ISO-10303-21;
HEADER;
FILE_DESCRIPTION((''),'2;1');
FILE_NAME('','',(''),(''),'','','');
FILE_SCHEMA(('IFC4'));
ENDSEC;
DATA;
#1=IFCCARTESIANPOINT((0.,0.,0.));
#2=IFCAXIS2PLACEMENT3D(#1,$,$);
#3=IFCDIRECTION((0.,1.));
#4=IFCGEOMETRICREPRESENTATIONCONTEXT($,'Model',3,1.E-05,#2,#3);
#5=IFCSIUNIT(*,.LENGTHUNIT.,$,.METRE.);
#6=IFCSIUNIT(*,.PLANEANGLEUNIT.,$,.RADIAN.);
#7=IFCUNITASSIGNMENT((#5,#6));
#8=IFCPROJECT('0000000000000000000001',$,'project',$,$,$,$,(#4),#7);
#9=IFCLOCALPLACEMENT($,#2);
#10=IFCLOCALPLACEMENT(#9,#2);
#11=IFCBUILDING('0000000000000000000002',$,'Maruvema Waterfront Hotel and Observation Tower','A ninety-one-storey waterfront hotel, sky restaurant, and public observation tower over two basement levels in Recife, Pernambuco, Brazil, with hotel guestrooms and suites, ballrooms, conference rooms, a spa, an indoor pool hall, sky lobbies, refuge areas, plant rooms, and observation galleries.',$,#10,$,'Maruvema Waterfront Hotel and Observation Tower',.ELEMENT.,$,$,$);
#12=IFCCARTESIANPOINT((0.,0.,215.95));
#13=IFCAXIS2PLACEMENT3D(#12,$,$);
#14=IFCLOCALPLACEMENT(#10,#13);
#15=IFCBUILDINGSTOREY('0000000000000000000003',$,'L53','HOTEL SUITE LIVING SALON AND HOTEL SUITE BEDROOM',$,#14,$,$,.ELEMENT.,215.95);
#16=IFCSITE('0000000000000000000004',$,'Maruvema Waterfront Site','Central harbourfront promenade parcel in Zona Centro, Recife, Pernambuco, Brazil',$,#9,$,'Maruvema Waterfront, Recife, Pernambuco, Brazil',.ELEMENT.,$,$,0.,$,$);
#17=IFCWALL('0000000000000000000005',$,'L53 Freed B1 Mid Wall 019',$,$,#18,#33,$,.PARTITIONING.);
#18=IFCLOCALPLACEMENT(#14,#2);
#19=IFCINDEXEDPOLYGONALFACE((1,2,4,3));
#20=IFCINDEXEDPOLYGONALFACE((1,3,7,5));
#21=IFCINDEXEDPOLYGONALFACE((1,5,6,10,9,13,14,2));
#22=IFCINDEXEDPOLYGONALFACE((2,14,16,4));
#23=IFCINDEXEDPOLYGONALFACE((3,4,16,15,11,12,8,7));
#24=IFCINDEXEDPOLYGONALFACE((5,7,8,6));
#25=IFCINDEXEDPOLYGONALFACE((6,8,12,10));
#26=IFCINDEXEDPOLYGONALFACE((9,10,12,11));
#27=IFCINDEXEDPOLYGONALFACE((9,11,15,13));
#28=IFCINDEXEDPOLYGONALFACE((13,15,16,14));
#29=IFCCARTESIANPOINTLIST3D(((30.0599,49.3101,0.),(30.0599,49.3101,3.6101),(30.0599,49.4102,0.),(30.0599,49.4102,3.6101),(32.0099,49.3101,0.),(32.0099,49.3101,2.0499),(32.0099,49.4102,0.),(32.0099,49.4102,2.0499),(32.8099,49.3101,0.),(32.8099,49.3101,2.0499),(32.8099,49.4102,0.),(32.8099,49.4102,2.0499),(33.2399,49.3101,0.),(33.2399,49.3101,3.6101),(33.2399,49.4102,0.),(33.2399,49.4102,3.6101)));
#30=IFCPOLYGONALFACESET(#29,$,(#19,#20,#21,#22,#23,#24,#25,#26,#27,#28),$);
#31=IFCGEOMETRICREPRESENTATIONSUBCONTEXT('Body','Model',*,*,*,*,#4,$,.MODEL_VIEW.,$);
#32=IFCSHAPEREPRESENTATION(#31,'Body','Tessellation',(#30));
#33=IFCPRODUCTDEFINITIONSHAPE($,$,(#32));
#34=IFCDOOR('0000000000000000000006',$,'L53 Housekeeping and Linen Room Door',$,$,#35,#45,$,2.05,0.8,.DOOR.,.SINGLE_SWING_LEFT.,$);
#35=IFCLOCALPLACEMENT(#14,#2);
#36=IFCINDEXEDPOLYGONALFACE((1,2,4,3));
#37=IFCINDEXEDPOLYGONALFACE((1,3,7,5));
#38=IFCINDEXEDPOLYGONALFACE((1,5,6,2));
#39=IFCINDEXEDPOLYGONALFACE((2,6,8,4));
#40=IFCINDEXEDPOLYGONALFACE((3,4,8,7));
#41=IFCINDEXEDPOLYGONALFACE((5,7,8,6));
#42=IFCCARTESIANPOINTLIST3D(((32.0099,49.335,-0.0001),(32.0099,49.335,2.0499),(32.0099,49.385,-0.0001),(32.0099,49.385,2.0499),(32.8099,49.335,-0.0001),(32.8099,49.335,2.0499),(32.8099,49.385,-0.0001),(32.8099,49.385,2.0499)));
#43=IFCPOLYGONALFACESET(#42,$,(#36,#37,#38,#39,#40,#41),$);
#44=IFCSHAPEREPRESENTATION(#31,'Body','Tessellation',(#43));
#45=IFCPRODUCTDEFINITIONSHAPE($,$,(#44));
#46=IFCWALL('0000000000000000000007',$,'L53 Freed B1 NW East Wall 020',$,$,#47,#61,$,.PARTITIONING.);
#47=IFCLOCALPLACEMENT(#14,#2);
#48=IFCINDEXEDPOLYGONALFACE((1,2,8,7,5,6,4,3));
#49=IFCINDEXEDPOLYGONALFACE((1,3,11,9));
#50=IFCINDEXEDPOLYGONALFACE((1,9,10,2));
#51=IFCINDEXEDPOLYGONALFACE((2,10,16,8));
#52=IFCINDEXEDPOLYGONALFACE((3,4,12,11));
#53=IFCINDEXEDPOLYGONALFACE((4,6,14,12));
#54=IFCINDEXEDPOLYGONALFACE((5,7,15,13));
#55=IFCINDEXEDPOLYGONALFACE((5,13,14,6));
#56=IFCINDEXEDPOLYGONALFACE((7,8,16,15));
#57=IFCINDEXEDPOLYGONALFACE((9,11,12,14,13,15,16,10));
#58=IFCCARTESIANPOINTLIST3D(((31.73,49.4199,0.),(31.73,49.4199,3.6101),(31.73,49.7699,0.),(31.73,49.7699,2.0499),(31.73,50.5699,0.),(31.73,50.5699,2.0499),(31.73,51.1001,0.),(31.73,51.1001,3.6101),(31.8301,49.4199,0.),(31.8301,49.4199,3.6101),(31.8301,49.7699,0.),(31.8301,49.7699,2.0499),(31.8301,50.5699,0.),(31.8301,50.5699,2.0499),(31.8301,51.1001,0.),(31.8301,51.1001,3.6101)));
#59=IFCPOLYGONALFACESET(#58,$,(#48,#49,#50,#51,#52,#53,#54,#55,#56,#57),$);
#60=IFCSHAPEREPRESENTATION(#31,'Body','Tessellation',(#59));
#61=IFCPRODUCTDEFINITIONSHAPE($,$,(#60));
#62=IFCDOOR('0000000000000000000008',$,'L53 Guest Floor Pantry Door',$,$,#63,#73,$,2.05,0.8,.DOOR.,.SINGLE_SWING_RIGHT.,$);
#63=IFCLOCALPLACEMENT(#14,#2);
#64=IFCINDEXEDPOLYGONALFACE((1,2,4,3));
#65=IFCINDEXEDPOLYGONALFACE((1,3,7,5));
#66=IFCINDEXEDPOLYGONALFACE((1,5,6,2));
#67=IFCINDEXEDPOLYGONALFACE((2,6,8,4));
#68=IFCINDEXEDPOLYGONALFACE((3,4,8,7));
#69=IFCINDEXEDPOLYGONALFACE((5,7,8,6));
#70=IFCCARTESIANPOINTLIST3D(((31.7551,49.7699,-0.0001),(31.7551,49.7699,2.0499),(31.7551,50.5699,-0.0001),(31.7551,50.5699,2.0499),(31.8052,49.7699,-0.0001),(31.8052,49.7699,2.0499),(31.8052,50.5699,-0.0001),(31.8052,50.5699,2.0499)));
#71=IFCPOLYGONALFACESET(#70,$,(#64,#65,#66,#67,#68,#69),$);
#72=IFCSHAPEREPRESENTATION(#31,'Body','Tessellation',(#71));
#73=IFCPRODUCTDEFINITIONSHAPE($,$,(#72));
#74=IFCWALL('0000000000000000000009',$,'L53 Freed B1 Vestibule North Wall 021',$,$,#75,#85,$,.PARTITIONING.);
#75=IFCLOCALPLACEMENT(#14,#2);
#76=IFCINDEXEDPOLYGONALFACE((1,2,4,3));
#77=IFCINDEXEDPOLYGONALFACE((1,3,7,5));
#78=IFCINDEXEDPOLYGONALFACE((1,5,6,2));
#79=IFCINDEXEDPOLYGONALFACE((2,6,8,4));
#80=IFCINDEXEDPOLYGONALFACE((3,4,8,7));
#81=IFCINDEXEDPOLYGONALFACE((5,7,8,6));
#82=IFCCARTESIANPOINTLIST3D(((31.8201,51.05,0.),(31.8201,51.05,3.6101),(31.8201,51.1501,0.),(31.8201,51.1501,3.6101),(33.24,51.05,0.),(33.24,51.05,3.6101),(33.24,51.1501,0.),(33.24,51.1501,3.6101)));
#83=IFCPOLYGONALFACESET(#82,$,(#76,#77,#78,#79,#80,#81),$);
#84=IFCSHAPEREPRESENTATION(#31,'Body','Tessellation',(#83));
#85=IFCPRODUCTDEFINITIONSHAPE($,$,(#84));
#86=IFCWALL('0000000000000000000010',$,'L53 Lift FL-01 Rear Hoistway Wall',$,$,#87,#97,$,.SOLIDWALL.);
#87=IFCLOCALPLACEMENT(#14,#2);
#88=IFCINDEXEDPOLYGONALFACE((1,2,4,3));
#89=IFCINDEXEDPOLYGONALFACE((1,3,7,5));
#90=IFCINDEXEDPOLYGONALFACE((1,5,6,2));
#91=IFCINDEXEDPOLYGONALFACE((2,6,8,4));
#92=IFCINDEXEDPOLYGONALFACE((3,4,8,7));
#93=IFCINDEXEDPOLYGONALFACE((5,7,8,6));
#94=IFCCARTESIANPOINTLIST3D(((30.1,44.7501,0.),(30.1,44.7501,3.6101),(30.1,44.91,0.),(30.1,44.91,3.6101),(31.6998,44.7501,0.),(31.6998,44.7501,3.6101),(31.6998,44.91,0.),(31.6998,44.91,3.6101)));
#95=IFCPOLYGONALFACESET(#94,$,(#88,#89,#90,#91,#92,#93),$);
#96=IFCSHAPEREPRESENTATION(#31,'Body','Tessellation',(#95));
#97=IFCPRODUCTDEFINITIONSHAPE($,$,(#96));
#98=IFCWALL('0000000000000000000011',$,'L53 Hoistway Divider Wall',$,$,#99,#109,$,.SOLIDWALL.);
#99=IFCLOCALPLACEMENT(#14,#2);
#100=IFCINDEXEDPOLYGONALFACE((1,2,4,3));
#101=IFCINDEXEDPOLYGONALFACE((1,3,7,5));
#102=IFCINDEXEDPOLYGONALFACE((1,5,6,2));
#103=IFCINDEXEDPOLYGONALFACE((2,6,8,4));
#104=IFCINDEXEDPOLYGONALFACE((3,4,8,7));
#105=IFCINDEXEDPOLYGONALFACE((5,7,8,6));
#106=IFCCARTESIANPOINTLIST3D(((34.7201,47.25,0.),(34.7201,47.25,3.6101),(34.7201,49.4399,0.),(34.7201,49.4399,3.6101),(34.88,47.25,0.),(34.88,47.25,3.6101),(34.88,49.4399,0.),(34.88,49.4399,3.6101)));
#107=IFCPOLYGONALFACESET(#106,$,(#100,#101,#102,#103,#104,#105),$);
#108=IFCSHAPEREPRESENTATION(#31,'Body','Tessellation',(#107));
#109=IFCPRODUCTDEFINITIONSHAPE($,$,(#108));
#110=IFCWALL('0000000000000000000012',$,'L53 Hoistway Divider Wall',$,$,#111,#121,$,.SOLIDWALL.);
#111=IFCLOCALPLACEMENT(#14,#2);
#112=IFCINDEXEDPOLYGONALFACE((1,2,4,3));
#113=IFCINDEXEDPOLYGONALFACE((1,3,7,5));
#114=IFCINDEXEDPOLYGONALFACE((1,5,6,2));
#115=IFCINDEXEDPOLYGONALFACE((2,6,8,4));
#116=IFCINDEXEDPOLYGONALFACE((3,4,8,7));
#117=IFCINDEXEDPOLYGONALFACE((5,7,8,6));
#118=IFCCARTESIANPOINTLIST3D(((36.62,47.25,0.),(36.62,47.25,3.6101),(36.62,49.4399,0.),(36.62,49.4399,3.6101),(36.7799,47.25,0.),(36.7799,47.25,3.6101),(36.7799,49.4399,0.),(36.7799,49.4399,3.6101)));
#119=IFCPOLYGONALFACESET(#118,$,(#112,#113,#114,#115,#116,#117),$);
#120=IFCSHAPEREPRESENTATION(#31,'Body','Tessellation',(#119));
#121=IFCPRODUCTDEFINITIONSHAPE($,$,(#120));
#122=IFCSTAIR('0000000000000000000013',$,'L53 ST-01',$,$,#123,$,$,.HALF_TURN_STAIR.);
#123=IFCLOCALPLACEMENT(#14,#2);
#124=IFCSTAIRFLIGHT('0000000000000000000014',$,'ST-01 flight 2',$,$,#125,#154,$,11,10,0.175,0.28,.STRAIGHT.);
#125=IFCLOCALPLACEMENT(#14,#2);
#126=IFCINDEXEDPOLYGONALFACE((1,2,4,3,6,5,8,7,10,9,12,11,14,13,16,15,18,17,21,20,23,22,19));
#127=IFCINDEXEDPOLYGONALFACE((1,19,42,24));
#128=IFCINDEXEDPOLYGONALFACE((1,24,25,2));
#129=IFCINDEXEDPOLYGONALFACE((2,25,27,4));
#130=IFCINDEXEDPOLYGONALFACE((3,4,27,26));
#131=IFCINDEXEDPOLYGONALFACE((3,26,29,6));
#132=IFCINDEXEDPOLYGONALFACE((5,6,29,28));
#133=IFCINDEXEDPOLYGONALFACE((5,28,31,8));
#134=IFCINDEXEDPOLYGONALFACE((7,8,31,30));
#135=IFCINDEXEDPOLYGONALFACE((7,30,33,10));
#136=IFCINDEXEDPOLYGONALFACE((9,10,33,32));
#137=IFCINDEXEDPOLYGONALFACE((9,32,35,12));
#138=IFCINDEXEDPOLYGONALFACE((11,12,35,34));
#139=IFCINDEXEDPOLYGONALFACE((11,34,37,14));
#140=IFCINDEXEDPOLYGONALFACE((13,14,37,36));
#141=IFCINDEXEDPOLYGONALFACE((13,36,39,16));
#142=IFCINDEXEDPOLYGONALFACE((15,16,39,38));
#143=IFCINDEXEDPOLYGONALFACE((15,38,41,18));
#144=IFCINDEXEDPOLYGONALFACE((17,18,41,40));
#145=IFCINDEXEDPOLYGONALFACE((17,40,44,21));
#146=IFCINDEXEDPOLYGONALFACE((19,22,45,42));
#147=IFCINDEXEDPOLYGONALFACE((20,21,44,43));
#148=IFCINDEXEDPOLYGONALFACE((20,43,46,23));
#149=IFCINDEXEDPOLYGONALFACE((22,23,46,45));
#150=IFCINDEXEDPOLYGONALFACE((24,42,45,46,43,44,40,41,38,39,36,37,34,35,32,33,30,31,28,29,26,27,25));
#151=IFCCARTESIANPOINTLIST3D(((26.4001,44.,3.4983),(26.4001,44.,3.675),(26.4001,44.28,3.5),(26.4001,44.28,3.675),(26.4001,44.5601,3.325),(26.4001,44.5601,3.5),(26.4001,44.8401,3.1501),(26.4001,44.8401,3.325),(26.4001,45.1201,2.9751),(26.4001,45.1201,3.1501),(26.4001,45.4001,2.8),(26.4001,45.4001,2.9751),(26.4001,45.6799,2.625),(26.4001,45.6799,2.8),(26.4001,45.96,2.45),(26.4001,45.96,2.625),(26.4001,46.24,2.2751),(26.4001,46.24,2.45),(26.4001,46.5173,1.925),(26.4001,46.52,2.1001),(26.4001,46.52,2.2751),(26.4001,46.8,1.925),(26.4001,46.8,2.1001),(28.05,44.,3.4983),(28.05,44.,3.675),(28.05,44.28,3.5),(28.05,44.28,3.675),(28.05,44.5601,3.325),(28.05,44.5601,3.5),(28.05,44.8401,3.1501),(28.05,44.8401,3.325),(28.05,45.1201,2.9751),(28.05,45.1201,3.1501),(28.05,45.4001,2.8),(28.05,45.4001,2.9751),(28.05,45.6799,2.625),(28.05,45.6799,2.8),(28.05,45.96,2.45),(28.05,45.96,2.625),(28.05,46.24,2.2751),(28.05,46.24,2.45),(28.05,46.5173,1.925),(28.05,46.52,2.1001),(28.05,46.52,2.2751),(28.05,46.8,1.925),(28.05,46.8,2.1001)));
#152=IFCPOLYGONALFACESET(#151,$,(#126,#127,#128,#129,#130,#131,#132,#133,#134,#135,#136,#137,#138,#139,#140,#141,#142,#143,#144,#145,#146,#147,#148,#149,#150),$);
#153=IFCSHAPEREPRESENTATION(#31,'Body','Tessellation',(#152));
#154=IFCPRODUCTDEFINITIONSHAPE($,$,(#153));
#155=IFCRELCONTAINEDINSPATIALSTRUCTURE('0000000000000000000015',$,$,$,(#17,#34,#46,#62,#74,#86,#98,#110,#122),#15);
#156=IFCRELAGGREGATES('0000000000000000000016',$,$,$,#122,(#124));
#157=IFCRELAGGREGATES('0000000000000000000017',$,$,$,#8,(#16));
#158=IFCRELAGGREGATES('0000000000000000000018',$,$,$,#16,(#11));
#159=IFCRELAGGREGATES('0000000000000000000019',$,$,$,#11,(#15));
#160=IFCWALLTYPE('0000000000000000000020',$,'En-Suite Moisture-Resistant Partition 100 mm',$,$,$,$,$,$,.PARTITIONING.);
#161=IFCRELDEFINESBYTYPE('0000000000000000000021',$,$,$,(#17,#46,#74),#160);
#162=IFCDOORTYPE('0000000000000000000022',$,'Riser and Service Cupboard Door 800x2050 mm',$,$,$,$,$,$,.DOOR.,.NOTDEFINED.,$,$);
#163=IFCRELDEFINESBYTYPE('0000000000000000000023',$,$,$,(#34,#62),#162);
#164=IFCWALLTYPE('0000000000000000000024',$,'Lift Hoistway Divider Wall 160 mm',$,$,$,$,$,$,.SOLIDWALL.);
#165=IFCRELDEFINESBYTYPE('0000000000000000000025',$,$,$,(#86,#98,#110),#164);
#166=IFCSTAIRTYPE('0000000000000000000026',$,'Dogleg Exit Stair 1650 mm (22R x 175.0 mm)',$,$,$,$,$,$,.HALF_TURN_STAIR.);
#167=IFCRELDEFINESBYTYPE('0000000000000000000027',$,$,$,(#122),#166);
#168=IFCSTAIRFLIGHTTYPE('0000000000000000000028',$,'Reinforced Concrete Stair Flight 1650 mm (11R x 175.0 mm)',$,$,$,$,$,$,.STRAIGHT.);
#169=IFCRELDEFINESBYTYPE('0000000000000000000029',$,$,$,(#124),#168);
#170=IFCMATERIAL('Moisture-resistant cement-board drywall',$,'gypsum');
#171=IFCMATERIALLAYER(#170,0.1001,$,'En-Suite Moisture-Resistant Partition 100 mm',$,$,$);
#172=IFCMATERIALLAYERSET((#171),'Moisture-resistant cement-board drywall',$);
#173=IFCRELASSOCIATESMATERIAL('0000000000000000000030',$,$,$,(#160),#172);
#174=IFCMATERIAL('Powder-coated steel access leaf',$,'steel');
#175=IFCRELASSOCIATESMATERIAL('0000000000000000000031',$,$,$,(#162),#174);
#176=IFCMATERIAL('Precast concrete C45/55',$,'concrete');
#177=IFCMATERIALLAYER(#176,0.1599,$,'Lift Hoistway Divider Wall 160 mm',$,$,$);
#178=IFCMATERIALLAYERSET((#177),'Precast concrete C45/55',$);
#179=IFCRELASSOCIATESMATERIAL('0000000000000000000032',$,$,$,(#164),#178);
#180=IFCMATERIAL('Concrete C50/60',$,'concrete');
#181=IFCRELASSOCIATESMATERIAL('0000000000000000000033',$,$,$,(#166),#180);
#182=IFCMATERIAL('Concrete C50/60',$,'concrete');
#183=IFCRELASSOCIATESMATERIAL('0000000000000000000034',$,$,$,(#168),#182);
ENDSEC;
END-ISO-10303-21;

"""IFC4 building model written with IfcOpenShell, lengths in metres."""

from ifc_helpers import new_model, si_unit, direction, frame, frame_2d, origin, place, context, subcontext, project, spatial, polyline, rectangle, outline, extrude, material, layer, layer_set, type_object, element, fill, aggregate, save


model = new_model("IFC4")

# Units and contexts
model_context = context("Model", 3, precision=1e-05, world=origin(), true_north=direction((0.0, 1.0)))
body_context = subcontext(model_context, "Body", "Model", "MODEL_VIEW")
ifc_project = project(units=[si_unit("LENGTHUNIT", "METRE"), si_unit("PLANEANGLEUNIT", "RADIAN")], contexts=[model_context])

# Site, building, storey
site_placement = place(None, origin())
site = spatial("IfcSite", under=ifc_project, at=site_placement, Name="Maruvema Waterfront Site", Description="Central harbourfront promenade parcel in Zona Centro, Recife, Pernambuco, Brazil", LongName="Maruvema Waterfront, Recife, Pernambuco, Brazil", CompositionType="ELEMENT", RefElevation=0.0)
building_placement = place(site_placement, origin())
building = spatial("IfcBuilding", under=site, at=building_placement, Name="Maruvema Waterfront Hotel and Observation Tower", Description="A ninety-one-storey waterfront hotel, sky restaurant, and public observation tower over two basement levels in Recife, Pernambuco, Brazil, with hotel guestrooms and suites, ballrooms, conference rooms, a spa, an indoor pool hall, sky lobbies, refuge areas, plant rooms, and observation galleries.", LongName="Maruvema Waterfront Hotel and Observation Tower", CompositionType="ELEMENT")
storey_placement = place(building_placement, frame((0.0, 0.0, 215.95)))
storey = spatial("IfcBuildingStorey", under=building, at=storey_placement, Name="L53", Description="HOTEL SUITE LIVING SALON AND HOTEL SUITE BEDROOM", CompositionType="ELEMENT", Elevation=215.95)

# Shared definitions
ifc_material_1 = material(Name="Moisture-resistant cement-board drywall", Category="gypsum")
ifc_layer_1 = layer(ifc_material_1, 0.1001, Name="En-Suite Moisture-Resistant Partition 100 mm")
ifc_layer_set_1 = layer_set([ifc_layer_1], Name="Moisture-resistant cement-board drywall")
wall_type_1 = type_object("IfcWallType", Name="En-Suite Moisture-Resistant Partition 100 mm", PredefinedType="PARTITIONING", material=ifc_layer_set_1)

# Shared definitions
ifc_material_2 = material(Name="Powder-coated steel access leaf", Category="steel")
door_type_1 = type_object("IfcDoorType", Name="Riser and Service Cupboard Door 800x2050 mm", OperationType="NOTDEFINED", PredefinedType="DOOR", material=ifc_material_2)

# Walls, openings, doors
wall_1_placement = place(storey_placement, frame((30.0601, 49.3601, 0.0), z_axis=(0.0, 0.0, 1.0), x_axis=(1.0, 0.0, 0.0)))
wall_1 = element("IfcWall", 1, at=wall_1_placement, inside=storey, type_object=wall_type_1, Name="L53 Freed B1 Mid Wall 019", PredefinedType="PARTITIONING", context=body_context, shape_type="SweptSolid", body=[
    extrude(rectangle(XDim=3.1799, YDim=0.1001, at=frame_2d((1.5898, 0.0))), origin(), (0.0, 0.0, 1.0), 3.6101),
])
opening_1_placement = place(wall_1_placement, frame((1.95, 0.0, 0.0)))
opening_1 = element("IfcOpeningElement", 2, at=opening_1_placement, cuts=wall_1, PredefinedType="OPENING", context=body_context, shape_type="SweptSolid", body=[
    extrude(rectangle(XDim=0.8, YDim=2.05, at=frame_2d((0.3999, 1.0249))), frame((0.0, 0.0601, 0.0), z_axis=(0.0, -1.0, 0.0), x_axis=(1.0, 0.0, 0.0)), (0.0, 0.0, 1.0), 0.1201),
])
door_1_placement = place(opening_1_placement, origin())
door_1 = element("IfcDoor", 3, at=door_1_placement, inside=storey, type_object=door_type_1, Name="L53 Housekeeping and Linen Room Door", OperationType="SINGLE_SWING_LEFT", OverallHeight=2.05, OverallWidth=0.8, PredefinedType="DOOR", context=body_context, shape_type="SweptSolid", body=[
    extrude(rectangle(XDim=0.8, YDim=2.05, at=frame_2d((0.3999, 1.0249))), frame((0.0, 0.0249, 0.0), z_axis=(0.0, -1.0, 0.0), x_axis=(1.0, 0.0, 0.0)), (0.0, 0.0, 1.0), 0.05),
])
fill(opening_1, door_1)
wall_2_placement = place(storey_placement, frame((31.78, 49.4199, 0.0), z_axis=(0.0, 0.0, 1.0), x_axis=(0.0, 1.0, 0.0)))
wall_2 = element("IfcWall", 4, at=wall_2_placement, inside=storey, type_object=wall_type_1, Name="L53 Freed B1 NW East Wall 020", PredefinedType="PARTITIONING", context=body_context, shape_type="SweptSolid", body=[
    extrude(rectangle(XDim=1.6802, YDim=0.1001, at=frame_2d((0.8401, 0.0))), origin(), (0.0, 0.0, 1.0), 3.6101),
])
opening_2_placement = place(wall_2_placement, frame((0.3501, 0.0, 0.0)))
opening_2 = element("IfcOpeningElement", 5, at=opening_2_placement, cuts=wall_2, PredefinedType="OPENING", context=body_context, shape_type="SweptSolid", body=[
    extrude(rectangle(XDim=0.8, YDim=2.05, at=frame_2d((0.3999, 1.0249))), frame((0.0, 0.0601, 0.0), z_axis=(0.0, -1.0, 0.0), x_axis=(1.0, 0.0, 0.0)), (0.0, 0.0, 1.0), 0.1201),
])
door_2_placement = place(opening_2_placement, origin())
door_2 = element("IfcDoor", 6, at=door_2_placement, inside=storey, type_object=door_type_1, Name="L53 Guest Floor Pantry Door", OperationType="SINGLE_SWING_RIGHT", OverallHeight=2.05, OverallWidth=0.8, PredefinedType="DOOR", context=body_context, shape_type="SweptSolid", body=[
    extrude(rectangle(XDim=0.8, YDim=2.05, at=frame_2d((0.3999, 1.0249))), frame((0.0, 0.0249, 0.0), z_axis=(0.0, -1.0, 0.0), x_axis=(1.0, 0.0, 0.0)), (0.0, 0.0, 1.0), 0.05),
])
fill(opening_2, door_2)

# Walls
wall_3_placement = place(storey_placement, frame((31.8201, 51.1001, 0.0), z_axis=(0.0, 0.0, 1.0), x_axis=(1.0, 0.0, 0.0)))
element("IfcWall", 7, at=wall_3_placement, inside=storey, type_object=wall_type_1, Name="L53 Freed B1 Vestibule North Wall 021", PredefinedType="PARTITIONING", context=body_context, shape_type="SweptSolid", body=[
    extrude(rectangle(XDim=1.4199, YDim=0.1001, at=frame_2d((0.71, 0.0))), origin(), (0.0, 0.0, 1.0), 3.6101),
])
ifc_material_3 = material(Name="Precast concrete C45/55", Category="concrete")
ifc_layer_2 = layer(ifc_material_3, 0.1599, Name="Lift Hoistway Divider Wall 160 mm")
ifc_layer_set_2 = layer_set([ifc_layer_2], Name="Precast concrete C45/55")
wall_type_2 = type_object("IfcWallType", Name="Lift Hoistway Divider Wall 160 mm", PredefinedType="SOLIDWALL", material=ifc_layer_set_2)
wall_4_placement = place(storey_placement, frame((30.1001, 44.8301, 0.0), z_axis=(0.0, 0.0, 1.0), x_axis=(1.0, 0.0, 0.0)))
element("IfcWall", 8, at=wall_4_placement, inside=storey, type_object=wall_type_2, Name="L53 Lift FL-01 Rear Hoistway Wall", PredefinedType="SOLIDWALL", context=body_context, shape_type="SweptSolid", body=[
    extrude(rectangle(XDim=1.5999, YDim=0.1599, at=frame_2d((0.7998, 0.0))), origin(), (0.0, 0.0, 1.0), 3.6101),
])
for number, where, z_axis, x_axis, name in (
    (9, (34.8, 47.25, 0.0), (0.0, 0.0, 1.0), (0.0, 1.0, 0.0), "L53 Hoistway Divider Wall"),
    (10, (36.7, 47.25, 0.0), (0.0, 0.0, 1.0), (0.0, 1.0, 0.0), "L53 Hoistway Divider Wall"),
):
    element("IfcWall", number, at=place(storey_placement, frame(where, z_axis=z_axis, x_axis=x_axis)), inside=storey, type_object=wall_type_2, Name=name, PredefinedType="SOLIDWALL", context=body_context, shape_type="SweptSolid", body=[
        extrude(rectangle(XDim=2.1899, YDim=0.1599, at=frame_2d((1.095, 0.0))), origin(), (0.0, 0.0, 1.0), 3.6101),
    ])

# Stair, stair flight
ifc_material_4 = material(Name="Concrete C50/60", Category="concrete")
stair_type = type_object("IfcStairType", Name="Dogleg Exit Stair 1650 mm (22R x 175.0 mm)", PredefinedType="HALF_TURN_STAIR", material=ifc_material_4)
stair_1_placement = place(storey_placement, origin())
stair_1 = element("IfcStair", 11, at=stair_1_placement, inside=storey, type_object=stair_type, Name="L53 ST-01", PredefinedType="HALF_TURN_STAIR")
ifc_material_5 = material(Name="Concrete C50/60", Category="concrete")
stair_flight_type = type_object("IfcStairFlightType", Name="Reinforced Concrete Stair Flight 1650 mm (11R x 175.0 mm)", PredefinedType="STRAIGHT", material=ifc_material_5)
stair_flight_1_placement = place(storey_placement, frame((27.2251, 46.8, 1.925), z_axis=(0.0, 0.0, 1.0), x_axis=(0.0, -1.0, 0.0)))
stair_flight_1 = element("IfcStairFlight", 12, at=stair_flight_1_placement, type_object=stair_flight_type, Name="ST-01 flight 2", NumberOfRisers=11, NumberOfTreads=10, PredefinedType="STRAIGHT", RiserHeight=0.175, TreadLength=0.28, context=body_context, shape_type="SweptSolid", body=[
    extrude(outline(polyline([(0.0, 0.0), (0.0, 0.175), (0.28, 0.175), (0.28, 0.3501), (0.5601, 0.3501), (0.5601, 0.5249), (0.8401, 0.5249), (0.8401, 0.7), (1.1201, 0.7), (1.1201, 0.875), (1.3999, 0.875), (1.3999, 1.05), (1.6799, 1.05), (1.6799, 1.2251), (1.96, 1.2251), (1.96, 1.3999), (2.24, 1.3999), (2.24, 1.575), (2.52, 1.575), (2.52, 1.75), (2.8, 1.75), (2.8, 1.925), (2.8, 1.5732), (0.2827, 0.0), (0.0, 0.0)])), frame((0.0, 0.825, 0.0), z_axis=(0.0, -1.0, 0.0), x_axis=(1.0, 0.0, 0.0)), (0.0, 0.0, 1.0), 1.6499),
])
aggregate(stair_1, [stair_flight_1])

save(model, "model.ifc")
